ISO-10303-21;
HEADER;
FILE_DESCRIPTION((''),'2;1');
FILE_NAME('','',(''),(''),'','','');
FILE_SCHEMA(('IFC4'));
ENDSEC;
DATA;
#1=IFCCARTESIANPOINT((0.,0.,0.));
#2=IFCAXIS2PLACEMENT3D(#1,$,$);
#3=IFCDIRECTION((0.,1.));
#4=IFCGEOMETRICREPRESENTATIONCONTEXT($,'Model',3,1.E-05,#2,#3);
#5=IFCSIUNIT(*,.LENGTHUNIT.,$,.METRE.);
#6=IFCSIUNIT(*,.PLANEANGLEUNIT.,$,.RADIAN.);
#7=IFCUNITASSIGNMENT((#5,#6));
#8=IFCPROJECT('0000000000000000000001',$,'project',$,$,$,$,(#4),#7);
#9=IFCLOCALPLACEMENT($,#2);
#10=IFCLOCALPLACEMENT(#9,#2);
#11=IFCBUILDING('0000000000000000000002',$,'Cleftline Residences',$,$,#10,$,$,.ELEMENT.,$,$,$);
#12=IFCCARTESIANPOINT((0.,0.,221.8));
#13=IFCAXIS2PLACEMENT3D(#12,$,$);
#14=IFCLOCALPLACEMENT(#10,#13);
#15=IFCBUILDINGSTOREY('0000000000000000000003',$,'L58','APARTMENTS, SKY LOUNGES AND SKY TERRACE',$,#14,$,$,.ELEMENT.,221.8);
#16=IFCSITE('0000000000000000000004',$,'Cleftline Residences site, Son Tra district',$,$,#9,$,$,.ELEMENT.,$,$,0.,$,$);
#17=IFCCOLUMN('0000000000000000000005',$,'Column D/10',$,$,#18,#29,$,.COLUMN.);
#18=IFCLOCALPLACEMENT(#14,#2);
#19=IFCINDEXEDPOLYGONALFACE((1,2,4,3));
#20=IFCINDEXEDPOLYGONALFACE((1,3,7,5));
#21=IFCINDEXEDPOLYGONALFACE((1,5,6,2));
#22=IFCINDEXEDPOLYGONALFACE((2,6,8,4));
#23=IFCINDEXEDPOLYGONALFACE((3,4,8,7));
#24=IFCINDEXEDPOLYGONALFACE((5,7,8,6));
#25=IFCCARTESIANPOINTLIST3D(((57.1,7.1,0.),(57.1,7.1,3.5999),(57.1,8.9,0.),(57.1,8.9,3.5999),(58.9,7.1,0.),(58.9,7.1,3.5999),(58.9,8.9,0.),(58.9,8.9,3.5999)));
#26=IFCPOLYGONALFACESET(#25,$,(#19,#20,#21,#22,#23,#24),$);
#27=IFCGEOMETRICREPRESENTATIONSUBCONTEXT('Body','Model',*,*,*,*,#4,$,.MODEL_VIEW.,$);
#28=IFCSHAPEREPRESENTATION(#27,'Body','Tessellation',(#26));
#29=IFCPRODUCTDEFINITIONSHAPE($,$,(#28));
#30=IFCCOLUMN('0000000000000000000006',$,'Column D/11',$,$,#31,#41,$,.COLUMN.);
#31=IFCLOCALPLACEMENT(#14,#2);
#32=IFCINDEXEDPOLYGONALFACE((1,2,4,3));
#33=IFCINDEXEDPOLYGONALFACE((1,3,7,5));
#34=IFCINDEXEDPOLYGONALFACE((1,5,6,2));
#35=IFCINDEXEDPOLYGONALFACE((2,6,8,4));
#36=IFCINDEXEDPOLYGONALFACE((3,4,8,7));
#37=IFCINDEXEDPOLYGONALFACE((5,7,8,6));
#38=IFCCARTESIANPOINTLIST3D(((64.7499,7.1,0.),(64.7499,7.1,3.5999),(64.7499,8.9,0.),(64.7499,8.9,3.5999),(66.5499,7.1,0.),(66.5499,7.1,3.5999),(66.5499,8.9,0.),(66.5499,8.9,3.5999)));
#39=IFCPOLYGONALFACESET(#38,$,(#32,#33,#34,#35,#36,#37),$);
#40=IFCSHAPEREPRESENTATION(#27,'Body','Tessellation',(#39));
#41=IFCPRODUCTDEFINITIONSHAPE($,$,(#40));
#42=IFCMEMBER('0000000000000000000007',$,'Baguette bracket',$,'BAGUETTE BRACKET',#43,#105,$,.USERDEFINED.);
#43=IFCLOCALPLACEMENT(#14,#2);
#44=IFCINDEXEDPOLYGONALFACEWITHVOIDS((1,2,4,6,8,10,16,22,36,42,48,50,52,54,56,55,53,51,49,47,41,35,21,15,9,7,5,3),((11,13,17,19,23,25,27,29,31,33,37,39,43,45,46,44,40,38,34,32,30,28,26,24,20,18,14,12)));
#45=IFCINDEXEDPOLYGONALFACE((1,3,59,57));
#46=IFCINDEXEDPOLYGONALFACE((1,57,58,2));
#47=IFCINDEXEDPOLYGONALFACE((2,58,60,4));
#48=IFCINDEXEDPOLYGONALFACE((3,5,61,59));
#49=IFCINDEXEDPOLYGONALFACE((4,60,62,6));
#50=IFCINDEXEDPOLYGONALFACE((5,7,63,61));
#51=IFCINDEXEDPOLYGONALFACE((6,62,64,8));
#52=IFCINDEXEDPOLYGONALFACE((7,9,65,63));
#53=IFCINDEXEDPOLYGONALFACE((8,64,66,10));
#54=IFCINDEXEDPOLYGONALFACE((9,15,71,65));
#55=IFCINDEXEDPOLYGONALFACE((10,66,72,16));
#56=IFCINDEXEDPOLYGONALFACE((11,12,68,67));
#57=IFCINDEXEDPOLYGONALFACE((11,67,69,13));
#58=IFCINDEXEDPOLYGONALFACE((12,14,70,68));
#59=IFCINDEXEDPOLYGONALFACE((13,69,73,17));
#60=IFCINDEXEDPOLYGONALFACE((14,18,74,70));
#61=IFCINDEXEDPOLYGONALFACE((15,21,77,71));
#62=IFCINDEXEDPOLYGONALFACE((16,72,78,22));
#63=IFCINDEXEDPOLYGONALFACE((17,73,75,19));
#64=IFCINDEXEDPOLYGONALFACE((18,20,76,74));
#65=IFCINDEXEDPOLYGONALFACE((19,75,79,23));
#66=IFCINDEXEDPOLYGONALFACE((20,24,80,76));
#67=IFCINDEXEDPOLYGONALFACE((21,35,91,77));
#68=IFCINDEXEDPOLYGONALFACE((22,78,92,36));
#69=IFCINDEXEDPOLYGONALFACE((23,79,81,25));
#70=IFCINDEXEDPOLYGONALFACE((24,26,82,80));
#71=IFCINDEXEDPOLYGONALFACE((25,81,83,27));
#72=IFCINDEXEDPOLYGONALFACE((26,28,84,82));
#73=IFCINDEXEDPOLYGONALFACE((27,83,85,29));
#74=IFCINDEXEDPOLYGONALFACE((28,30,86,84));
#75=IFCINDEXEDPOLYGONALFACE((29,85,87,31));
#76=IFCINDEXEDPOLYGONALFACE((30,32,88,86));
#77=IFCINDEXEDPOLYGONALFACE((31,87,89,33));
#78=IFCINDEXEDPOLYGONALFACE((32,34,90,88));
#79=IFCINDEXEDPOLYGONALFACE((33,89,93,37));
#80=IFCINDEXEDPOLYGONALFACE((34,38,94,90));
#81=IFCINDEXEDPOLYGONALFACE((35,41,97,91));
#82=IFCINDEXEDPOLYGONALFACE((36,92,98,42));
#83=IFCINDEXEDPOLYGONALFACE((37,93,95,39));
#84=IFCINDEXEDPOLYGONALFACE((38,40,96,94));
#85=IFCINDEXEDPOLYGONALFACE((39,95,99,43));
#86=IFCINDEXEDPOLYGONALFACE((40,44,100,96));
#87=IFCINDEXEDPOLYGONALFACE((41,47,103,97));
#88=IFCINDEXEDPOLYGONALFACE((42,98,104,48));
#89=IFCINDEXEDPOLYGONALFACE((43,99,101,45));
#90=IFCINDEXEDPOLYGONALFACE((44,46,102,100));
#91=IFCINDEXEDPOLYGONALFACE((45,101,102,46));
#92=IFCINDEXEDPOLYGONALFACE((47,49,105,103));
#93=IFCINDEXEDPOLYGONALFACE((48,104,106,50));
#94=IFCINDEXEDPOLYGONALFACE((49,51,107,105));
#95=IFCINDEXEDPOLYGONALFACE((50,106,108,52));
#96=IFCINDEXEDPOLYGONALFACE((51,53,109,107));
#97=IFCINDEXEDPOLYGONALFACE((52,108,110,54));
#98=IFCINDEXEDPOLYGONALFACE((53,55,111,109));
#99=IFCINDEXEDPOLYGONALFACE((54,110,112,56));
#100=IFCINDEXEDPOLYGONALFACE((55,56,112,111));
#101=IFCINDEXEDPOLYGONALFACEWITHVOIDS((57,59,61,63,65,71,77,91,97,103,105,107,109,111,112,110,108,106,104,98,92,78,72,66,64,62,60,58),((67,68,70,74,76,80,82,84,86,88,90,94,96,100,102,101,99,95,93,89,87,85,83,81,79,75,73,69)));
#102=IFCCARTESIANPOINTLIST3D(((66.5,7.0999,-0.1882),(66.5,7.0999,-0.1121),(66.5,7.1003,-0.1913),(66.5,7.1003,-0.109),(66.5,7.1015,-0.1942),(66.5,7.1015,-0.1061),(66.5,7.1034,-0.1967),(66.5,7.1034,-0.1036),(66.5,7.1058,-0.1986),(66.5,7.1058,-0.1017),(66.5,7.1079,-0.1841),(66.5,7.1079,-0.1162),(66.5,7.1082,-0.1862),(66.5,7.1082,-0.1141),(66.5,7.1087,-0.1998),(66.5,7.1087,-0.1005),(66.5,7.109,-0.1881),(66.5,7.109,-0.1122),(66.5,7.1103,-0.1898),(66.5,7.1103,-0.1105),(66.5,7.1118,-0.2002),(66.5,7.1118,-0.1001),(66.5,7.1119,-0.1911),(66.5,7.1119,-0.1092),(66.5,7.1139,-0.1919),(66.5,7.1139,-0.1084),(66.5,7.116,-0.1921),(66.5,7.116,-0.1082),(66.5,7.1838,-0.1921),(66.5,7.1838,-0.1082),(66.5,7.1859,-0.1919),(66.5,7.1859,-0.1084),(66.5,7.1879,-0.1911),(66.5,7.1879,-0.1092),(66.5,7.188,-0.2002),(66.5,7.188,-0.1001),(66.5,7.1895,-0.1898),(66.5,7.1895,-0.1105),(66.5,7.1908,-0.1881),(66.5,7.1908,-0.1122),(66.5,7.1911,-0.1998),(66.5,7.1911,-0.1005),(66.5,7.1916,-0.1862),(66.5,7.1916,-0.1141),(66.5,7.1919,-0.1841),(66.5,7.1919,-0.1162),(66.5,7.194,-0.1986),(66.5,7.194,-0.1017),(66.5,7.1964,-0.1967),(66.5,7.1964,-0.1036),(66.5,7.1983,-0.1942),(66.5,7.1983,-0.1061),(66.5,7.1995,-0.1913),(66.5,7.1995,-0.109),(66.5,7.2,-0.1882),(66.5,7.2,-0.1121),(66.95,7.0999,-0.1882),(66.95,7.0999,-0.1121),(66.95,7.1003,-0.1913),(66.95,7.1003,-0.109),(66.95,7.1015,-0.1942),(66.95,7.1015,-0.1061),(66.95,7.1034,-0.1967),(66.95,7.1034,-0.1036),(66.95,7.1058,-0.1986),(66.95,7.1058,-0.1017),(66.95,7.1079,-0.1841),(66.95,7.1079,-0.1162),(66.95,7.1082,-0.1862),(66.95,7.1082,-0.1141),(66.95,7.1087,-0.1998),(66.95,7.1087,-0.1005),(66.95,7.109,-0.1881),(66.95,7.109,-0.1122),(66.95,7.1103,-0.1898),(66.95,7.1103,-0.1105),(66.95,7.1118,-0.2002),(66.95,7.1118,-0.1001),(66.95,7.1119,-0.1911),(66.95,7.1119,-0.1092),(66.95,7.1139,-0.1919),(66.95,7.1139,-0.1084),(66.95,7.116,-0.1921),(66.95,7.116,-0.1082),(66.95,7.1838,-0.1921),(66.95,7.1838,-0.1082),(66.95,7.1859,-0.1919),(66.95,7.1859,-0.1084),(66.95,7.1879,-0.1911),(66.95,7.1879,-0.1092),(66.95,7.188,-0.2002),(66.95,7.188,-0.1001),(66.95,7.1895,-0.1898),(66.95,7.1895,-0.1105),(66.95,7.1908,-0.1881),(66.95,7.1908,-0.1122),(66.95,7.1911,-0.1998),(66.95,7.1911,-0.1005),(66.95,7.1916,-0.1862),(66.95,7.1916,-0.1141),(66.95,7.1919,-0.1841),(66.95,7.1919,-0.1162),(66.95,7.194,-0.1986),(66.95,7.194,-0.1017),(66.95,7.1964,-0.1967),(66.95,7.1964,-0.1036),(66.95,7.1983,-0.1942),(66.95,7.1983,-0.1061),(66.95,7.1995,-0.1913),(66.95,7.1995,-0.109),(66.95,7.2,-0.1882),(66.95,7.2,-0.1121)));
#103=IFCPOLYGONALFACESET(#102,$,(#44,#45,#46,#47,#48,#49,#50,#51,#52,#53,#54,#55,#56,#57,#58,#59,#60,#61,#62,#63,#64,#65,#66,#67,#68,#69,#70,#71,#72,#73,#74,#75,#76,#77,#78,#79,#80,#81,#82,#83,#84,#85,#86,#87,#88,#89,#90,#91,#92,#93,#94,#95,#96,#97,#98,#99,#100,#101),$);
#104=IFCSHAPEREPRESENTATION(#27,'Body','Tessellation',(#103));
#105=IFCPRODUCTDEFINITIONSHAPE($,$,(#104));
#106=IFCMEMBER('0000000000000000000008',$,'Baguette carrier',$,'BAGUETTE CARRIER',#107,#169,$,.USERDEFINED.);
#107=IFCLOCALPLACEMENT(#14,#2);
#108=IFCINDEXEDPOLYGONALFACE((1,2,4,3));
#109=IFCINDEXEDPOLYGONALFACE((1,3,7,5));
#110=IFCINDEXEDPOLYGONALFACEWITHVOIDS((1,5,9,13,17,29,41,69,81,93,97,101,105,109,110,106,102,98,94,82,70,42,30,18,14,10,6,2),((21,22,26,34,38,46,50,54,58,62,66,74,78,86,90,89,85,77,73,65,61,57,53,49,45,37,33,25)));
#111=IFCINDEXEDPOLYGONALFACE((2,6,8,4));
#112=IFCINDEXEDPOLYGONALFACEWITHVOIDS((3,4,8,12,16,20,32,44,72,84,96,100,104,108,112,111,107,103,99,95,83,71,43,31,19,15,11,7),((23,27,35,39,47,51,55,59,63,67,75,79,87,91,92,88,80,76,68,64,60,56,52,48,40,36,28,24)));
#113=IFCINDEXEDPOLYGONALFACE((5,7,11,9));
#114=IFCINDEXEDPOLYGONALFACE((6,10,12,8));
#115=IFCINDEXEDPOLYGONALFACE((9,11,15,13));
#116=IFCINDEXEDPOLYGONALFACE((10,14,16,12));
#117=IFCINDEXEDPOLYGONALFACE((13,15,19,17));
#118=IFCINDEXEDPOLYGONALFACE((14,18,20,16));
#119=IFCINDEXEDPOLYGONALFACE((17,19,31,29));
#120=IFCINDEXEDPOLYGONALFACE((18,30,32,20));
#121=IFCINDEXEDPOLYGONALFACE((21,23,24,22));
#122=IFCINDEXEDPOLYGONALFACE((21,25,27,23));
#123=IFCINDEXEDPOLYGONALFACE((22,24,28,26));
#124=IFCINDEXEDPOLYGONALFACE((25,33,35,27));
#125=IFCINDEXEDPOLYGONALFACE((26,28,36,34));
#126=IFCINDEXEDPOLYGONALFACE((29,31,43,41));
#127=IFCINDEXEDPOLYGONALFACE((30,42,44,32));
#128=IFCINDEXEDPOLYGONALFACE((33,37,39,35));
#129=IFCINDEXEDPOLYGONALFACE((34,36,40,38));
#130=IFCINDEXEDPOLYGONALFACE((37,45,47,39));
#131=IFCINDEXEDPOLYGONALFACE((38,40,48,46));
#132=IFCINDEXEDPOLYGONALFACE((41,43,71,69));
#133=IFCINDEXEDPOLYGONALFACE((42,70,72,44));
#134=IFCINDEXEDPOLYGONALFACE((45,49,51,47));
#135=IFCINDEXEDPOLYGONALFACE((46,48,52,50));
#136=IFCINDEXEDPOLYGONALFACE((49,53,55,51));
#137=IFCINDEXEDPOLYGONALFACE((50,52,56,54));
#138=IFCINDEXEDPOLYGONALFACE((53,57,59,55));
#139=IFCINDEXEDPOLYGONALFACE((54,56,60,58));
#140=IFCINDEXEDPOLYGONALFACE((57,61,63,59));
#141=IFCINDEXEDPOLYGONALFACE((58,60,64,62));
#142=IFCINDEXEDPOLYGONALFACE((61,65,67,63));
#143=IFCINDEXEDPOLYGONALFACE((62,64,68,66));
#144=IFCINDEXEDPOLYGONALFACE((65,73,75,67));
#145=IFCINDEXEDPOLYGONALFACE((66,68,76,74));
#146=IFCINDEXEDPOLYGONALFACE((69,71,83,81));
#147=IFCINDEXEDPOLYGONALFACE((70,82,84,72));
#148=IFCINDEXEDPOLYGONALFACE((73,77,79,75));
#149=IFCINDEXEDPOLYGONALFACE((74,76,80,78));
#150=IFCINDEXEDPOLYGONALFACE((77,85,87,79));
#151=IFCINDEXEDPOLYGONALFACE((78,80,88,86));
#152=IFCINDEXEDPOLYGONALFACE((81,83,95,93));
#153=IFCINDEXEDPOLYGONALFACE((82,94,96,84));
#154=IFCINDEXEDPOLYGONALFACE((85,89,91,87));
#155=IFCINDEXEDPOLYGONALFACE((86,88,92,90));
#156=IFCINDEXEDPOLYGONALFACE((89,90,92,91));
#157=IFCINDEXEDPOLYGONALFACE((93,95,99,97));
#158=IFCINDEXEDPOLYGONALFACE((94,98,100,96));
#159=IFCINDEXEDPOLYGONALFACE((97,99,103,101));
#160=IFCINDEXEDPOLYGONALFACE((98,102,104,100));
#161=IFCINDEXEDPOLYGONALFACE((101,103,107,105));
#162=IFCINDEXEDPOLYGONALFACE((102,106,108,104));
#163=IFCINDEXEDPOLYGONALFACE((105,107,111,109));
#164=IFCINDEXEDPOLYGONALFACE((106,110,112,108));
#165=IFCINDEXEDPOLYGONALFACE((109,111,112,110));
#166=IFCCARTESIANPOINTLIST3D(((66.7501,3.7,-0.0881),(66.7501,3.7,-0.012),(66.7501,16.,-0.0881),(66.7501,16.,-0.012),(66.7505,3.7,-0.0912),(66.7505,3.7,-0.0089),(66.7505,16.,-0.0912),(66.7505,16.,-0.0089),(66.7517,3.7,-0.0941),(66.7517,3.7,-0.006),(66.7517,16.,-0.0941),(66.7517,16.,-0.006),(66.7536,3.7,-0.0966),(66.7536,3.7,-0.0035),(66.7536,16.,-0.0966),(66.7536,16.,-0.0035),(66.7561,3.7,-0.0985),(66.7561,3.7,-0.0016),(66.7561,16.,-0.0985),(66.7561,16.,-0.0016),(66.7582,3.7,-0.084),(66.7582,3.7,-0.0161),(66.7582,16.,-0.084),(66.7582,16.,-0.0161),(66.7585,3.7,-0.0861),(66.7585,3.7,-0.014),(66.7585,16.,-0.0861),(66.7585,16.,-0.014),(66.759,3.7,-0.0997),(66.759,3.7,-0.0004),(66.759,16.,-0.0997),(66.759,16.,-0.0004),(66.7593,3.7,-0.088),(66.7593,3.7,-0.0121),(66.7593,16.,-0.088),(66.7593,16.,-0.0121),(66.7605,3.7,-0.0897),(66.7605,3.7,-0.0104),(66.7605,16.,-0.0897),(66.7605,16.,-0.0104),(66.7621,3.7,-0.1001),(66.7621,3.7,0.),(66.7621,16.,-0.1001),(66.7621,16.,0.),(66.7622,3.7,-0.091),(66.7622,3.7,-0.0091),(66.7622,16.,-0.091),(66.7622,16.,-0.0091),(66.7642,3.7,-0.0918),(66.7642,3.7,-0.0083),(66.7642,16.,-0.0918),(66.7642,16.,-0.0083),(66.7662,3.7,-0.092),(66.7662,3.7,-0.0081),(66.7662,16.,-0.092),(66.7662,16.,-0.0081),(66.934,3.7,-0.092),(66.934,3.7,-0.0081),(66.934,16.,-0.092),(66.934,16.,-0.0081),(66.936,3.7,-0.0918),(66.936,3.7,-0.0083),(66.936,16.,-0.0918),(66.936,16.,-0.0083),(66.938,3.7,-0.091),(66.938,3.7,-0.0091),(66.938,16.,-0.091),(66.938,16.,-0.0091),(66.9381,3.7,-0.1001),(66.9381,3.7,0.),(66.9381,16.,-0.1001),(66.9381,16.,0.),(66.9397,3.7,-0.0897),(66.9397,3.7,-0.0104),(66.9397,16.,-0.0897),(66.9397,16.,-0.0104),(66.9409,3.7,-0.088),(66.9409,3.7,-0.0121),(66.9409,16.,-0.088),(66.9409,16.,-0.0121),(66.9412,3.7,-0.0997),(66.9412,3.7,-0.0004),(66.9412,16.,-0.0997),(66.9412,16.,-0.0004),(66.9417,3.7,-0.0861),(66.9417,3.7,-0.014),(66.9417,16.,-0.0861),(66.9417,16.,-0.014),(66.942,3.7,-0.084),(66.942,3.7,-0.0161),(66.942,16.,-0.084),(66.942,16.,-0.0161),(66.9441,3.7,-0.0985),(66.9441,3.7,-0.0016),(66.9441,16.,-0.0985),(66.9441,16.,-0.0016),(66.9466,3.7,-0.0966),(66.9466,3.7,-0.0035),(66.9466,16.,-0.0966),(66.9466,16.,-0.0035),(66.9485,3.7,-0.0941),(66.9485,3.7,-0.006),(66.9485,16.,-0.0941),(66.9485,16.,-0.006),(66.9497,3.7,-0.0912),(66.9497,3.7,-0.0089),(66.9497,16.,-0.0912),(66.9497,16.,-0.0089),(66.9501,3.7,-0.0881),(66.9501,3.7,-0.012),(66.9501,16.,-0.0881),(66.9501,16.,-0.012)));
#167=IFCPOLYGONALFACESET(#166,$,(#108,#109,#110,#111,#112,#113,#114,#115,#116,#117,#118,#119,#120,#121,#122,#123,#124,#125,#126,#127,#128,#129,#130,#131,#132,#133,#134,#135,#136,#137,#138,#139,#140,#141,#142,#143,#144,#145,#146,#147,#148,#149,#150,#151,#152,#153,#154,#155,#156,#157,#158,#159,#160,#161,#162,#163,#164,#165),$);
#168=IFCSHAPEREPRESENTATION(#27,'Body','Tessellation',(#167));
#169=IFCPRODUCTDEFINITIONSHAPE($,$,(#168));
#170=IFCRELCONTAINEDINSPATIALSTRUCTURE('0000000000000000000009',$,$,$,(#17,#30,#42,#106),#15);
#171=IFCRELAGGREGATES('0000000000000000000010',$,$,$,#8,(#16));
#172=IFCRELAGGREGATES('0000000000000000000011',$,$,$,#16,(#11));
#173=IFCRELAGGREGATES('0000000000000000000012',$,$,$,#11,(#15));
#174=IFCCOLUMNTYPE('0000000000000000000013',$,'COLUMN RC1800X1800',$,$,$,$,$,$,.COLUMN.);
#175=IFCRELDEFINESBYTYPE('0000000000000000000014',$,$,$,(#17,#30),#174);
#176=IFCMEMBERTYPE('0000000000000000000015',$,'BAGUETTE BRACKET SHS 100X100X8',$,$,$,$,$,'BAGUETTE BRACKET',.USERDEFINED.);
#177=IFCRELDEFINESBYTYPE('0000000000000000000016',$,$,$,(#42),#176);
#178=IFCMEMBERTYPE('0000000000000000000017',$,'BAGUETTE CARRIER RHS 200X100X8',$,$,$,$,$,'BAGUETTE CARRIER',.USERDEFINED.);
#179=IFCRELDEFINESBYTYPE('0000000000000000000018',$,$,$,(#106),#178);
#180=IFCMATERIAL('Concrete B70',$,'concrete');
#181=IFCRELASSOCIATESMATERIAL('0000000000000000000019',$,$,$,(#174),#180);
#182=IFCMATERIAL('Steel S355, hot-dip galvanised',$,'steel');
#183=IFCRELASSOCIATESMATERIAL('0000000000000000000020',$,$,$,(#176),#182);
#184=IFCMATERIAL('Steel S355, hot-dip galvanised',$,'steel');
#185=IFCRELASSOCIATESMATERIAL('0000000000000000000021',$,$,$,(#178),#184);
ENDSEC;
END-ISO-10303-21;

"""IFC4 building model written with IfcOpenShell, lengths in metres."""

from ifc_helpers import new_model, si_unit, direction, frame, origin, origin_2d, place, context, subcontext, project, spatial, rectangle, hollow_rectangle, extrude, material, material_profile, profile_set, type_object, element, save


model = new_model("IFC4")

# Units and contexts
model_context = context("Model", 3, precision=1e-05, world=origin(), true_north=direction((0.0, 1.0)))
body_context = subcontext(model_context, "Body", "Model", "MODEL_VIEW")
ifc_project = project(units=[si_unit("LENGTHUNIT", "METRE"), si_unit("PLANEANGLEUNIT", "RADIAN")], contexts=[model_context])

# Site, building, storey
site_placement = place(None, origin())
site = spatial("IfcSite", under=ifc_project, at=site_placement, Name="Cleftline Residences site, Son Tra district", CompositionType="ELEMENT", RefElevation=0.0)
building_placement = place(site_placement, origin())
building = spatial("IfcBuilding", under=site, at=building_placement, Name="Cleftline Residences", CompositionType="ELEMENT")
storey_placement = place(building_placement, frame((0.0, 0.0, 221.8)))
storey = spatial("IfcBuildingStorey", under=building, at=storey_placement, Name="L58", Description="APARTMENTS, SKY LOUNGES AND SKY TERRACE", CompositionType="ELEMENT", Elevation=221.8)

# Columns
ifc_material_1 = material(Name="Concrete B70", Category="concrete")
ifc_material_profile_1 = material_profile(ifc_material_1, rectangle(XDim=1.8, YDim=1.8, at=origin_2d()))
ifc_profile_set_1 = profile_set([ifc_material_profile_1], Name="Concrete B70")
column_type = type_object("IfcColumnType", Name="COLUMN RC1800X1800", PredefinedType="COLUMN", material=ifc_profile_set_1)
for number, where, z_axis, x_axis, name in (
    (1, (58.0, 8.0, 0.0), (0.0, 0.0, 1.0), (1.0, 0.0, 0.0), "Column D/10"),
    (2, (65.6499, 8.0, 0.0), (0.0, 0.0, 1.0), (1.0, 0.0, 0.0), "Column D/11"),
):
    element("IfcColumn", number, at=place(storey_placement, frame(where, z_axis=z_axis, x_axis=x_axis)), inside=storey, type_object=column_type, Name=name, PredefinedType="COLUMN", context=body_context, shape_type="SweptSolid", body=[
        extrude(rectangle(XDim=1.8, YDim=1.8, at=origin_2d()), origin(), (0.0, 0.0, 1.0), 3.5999),
    ])

# Members
ifc_material_2 = material(Name="Steel S355, hot-dip galvanised", Category="steel")
ifc_material_profile_2 = material_profile(ifc_material_2, hollow_rectangle(XDim=0.1001, YDim=0.1001, WallThickness=0.0081, InnerFilletRadius=0.0081, OuterFilletRadius=0.012, at=origin_2d()))
ifc_profile_set_2 = profile_set([ifc_material_profile_2], Name="Steel S355, hot-dip galvanised")
member_type_1 = type_object("IfcMemberType", Name="BAGUETTE BRACKET SHS 100X100X8", ElementType="BAGUETTE BRACKET", PredefinedType="USERDEFINED", material=ifc_profile_set_2)
member_1_placement = place(storey_placement, frame((66.5, 7.1499, -0.1501), z_axis=(1.0, 0.0, 0.0), x_axis=(0.0, 1.0, 0.0)))
element("IfcMember", 3, at=member_1_placement, inside=storey, type_object=member_type_1, Name="Baguette bracket", ObjectType="BAGUETTE BRACKET", PredefinedType="USERDEFINED", context=body_context, shape_type="SweptSolid", body=[
    extrude(hollow_rectangle(XDim=0.1001, YDim=0.1001, WallThickness=0.0081, InnerFilletRadius=0.0081, OuterFilletRadius=0.012, at=origin_2d()), origin(), (0.0, 0.0, 1.0), 0.45),
])
ifc_material_3 = material(Name="Steel S355, hot-dip galvanised", Category="steel")
ifc_material_profile_3 = material_profile(ifc_material_3, hollow_rectangle(XDim=0.1001, YDim=0.2, WallThickness=0.0081, InnerFilletRadius=0.0081, OuterFilletRadius=0.012, at=origin_2d()))
ifc_profile_set_3 = profile_set([ifc_material_profile_3], Name="Steel S355, hot-dip galvanised")
member_type_2 = type_object("IfcMemberType", Name="BAGUETTE CARRIER RHS 200X100X8", ElementType="BAGUETTE CARRIER", PredefinedType="USERDEFINED", material=ifc_profile_set_3)
member_2_placement = place(storey_placement, frame((66.8501, 3.7, -0.05), z_axis=(0.0, 1.0, 0.0), x_axis=(0.0, 0.0, 1.0)))
element("IfcMember", 4, at=member_2_placement, inside=storey, type_object=member_type_2, Name="Baguette carrier", ObjectType="BAGUETTE CARRIER", PredefinedType="USERDEFINED", context=body_context, shape_type="SweptSolid", body=[
    extrude(hollow_rectangle(XDim=0.1001, YDim=0.2, WallThickness=0.0081, InnerFilletRadius=0.0081, OuterFilletRadius=0.012, at=origin_2d()), origin(), (0.0, 0.0, 1.0), 12.3),
])

save(model, "model.ifc")
